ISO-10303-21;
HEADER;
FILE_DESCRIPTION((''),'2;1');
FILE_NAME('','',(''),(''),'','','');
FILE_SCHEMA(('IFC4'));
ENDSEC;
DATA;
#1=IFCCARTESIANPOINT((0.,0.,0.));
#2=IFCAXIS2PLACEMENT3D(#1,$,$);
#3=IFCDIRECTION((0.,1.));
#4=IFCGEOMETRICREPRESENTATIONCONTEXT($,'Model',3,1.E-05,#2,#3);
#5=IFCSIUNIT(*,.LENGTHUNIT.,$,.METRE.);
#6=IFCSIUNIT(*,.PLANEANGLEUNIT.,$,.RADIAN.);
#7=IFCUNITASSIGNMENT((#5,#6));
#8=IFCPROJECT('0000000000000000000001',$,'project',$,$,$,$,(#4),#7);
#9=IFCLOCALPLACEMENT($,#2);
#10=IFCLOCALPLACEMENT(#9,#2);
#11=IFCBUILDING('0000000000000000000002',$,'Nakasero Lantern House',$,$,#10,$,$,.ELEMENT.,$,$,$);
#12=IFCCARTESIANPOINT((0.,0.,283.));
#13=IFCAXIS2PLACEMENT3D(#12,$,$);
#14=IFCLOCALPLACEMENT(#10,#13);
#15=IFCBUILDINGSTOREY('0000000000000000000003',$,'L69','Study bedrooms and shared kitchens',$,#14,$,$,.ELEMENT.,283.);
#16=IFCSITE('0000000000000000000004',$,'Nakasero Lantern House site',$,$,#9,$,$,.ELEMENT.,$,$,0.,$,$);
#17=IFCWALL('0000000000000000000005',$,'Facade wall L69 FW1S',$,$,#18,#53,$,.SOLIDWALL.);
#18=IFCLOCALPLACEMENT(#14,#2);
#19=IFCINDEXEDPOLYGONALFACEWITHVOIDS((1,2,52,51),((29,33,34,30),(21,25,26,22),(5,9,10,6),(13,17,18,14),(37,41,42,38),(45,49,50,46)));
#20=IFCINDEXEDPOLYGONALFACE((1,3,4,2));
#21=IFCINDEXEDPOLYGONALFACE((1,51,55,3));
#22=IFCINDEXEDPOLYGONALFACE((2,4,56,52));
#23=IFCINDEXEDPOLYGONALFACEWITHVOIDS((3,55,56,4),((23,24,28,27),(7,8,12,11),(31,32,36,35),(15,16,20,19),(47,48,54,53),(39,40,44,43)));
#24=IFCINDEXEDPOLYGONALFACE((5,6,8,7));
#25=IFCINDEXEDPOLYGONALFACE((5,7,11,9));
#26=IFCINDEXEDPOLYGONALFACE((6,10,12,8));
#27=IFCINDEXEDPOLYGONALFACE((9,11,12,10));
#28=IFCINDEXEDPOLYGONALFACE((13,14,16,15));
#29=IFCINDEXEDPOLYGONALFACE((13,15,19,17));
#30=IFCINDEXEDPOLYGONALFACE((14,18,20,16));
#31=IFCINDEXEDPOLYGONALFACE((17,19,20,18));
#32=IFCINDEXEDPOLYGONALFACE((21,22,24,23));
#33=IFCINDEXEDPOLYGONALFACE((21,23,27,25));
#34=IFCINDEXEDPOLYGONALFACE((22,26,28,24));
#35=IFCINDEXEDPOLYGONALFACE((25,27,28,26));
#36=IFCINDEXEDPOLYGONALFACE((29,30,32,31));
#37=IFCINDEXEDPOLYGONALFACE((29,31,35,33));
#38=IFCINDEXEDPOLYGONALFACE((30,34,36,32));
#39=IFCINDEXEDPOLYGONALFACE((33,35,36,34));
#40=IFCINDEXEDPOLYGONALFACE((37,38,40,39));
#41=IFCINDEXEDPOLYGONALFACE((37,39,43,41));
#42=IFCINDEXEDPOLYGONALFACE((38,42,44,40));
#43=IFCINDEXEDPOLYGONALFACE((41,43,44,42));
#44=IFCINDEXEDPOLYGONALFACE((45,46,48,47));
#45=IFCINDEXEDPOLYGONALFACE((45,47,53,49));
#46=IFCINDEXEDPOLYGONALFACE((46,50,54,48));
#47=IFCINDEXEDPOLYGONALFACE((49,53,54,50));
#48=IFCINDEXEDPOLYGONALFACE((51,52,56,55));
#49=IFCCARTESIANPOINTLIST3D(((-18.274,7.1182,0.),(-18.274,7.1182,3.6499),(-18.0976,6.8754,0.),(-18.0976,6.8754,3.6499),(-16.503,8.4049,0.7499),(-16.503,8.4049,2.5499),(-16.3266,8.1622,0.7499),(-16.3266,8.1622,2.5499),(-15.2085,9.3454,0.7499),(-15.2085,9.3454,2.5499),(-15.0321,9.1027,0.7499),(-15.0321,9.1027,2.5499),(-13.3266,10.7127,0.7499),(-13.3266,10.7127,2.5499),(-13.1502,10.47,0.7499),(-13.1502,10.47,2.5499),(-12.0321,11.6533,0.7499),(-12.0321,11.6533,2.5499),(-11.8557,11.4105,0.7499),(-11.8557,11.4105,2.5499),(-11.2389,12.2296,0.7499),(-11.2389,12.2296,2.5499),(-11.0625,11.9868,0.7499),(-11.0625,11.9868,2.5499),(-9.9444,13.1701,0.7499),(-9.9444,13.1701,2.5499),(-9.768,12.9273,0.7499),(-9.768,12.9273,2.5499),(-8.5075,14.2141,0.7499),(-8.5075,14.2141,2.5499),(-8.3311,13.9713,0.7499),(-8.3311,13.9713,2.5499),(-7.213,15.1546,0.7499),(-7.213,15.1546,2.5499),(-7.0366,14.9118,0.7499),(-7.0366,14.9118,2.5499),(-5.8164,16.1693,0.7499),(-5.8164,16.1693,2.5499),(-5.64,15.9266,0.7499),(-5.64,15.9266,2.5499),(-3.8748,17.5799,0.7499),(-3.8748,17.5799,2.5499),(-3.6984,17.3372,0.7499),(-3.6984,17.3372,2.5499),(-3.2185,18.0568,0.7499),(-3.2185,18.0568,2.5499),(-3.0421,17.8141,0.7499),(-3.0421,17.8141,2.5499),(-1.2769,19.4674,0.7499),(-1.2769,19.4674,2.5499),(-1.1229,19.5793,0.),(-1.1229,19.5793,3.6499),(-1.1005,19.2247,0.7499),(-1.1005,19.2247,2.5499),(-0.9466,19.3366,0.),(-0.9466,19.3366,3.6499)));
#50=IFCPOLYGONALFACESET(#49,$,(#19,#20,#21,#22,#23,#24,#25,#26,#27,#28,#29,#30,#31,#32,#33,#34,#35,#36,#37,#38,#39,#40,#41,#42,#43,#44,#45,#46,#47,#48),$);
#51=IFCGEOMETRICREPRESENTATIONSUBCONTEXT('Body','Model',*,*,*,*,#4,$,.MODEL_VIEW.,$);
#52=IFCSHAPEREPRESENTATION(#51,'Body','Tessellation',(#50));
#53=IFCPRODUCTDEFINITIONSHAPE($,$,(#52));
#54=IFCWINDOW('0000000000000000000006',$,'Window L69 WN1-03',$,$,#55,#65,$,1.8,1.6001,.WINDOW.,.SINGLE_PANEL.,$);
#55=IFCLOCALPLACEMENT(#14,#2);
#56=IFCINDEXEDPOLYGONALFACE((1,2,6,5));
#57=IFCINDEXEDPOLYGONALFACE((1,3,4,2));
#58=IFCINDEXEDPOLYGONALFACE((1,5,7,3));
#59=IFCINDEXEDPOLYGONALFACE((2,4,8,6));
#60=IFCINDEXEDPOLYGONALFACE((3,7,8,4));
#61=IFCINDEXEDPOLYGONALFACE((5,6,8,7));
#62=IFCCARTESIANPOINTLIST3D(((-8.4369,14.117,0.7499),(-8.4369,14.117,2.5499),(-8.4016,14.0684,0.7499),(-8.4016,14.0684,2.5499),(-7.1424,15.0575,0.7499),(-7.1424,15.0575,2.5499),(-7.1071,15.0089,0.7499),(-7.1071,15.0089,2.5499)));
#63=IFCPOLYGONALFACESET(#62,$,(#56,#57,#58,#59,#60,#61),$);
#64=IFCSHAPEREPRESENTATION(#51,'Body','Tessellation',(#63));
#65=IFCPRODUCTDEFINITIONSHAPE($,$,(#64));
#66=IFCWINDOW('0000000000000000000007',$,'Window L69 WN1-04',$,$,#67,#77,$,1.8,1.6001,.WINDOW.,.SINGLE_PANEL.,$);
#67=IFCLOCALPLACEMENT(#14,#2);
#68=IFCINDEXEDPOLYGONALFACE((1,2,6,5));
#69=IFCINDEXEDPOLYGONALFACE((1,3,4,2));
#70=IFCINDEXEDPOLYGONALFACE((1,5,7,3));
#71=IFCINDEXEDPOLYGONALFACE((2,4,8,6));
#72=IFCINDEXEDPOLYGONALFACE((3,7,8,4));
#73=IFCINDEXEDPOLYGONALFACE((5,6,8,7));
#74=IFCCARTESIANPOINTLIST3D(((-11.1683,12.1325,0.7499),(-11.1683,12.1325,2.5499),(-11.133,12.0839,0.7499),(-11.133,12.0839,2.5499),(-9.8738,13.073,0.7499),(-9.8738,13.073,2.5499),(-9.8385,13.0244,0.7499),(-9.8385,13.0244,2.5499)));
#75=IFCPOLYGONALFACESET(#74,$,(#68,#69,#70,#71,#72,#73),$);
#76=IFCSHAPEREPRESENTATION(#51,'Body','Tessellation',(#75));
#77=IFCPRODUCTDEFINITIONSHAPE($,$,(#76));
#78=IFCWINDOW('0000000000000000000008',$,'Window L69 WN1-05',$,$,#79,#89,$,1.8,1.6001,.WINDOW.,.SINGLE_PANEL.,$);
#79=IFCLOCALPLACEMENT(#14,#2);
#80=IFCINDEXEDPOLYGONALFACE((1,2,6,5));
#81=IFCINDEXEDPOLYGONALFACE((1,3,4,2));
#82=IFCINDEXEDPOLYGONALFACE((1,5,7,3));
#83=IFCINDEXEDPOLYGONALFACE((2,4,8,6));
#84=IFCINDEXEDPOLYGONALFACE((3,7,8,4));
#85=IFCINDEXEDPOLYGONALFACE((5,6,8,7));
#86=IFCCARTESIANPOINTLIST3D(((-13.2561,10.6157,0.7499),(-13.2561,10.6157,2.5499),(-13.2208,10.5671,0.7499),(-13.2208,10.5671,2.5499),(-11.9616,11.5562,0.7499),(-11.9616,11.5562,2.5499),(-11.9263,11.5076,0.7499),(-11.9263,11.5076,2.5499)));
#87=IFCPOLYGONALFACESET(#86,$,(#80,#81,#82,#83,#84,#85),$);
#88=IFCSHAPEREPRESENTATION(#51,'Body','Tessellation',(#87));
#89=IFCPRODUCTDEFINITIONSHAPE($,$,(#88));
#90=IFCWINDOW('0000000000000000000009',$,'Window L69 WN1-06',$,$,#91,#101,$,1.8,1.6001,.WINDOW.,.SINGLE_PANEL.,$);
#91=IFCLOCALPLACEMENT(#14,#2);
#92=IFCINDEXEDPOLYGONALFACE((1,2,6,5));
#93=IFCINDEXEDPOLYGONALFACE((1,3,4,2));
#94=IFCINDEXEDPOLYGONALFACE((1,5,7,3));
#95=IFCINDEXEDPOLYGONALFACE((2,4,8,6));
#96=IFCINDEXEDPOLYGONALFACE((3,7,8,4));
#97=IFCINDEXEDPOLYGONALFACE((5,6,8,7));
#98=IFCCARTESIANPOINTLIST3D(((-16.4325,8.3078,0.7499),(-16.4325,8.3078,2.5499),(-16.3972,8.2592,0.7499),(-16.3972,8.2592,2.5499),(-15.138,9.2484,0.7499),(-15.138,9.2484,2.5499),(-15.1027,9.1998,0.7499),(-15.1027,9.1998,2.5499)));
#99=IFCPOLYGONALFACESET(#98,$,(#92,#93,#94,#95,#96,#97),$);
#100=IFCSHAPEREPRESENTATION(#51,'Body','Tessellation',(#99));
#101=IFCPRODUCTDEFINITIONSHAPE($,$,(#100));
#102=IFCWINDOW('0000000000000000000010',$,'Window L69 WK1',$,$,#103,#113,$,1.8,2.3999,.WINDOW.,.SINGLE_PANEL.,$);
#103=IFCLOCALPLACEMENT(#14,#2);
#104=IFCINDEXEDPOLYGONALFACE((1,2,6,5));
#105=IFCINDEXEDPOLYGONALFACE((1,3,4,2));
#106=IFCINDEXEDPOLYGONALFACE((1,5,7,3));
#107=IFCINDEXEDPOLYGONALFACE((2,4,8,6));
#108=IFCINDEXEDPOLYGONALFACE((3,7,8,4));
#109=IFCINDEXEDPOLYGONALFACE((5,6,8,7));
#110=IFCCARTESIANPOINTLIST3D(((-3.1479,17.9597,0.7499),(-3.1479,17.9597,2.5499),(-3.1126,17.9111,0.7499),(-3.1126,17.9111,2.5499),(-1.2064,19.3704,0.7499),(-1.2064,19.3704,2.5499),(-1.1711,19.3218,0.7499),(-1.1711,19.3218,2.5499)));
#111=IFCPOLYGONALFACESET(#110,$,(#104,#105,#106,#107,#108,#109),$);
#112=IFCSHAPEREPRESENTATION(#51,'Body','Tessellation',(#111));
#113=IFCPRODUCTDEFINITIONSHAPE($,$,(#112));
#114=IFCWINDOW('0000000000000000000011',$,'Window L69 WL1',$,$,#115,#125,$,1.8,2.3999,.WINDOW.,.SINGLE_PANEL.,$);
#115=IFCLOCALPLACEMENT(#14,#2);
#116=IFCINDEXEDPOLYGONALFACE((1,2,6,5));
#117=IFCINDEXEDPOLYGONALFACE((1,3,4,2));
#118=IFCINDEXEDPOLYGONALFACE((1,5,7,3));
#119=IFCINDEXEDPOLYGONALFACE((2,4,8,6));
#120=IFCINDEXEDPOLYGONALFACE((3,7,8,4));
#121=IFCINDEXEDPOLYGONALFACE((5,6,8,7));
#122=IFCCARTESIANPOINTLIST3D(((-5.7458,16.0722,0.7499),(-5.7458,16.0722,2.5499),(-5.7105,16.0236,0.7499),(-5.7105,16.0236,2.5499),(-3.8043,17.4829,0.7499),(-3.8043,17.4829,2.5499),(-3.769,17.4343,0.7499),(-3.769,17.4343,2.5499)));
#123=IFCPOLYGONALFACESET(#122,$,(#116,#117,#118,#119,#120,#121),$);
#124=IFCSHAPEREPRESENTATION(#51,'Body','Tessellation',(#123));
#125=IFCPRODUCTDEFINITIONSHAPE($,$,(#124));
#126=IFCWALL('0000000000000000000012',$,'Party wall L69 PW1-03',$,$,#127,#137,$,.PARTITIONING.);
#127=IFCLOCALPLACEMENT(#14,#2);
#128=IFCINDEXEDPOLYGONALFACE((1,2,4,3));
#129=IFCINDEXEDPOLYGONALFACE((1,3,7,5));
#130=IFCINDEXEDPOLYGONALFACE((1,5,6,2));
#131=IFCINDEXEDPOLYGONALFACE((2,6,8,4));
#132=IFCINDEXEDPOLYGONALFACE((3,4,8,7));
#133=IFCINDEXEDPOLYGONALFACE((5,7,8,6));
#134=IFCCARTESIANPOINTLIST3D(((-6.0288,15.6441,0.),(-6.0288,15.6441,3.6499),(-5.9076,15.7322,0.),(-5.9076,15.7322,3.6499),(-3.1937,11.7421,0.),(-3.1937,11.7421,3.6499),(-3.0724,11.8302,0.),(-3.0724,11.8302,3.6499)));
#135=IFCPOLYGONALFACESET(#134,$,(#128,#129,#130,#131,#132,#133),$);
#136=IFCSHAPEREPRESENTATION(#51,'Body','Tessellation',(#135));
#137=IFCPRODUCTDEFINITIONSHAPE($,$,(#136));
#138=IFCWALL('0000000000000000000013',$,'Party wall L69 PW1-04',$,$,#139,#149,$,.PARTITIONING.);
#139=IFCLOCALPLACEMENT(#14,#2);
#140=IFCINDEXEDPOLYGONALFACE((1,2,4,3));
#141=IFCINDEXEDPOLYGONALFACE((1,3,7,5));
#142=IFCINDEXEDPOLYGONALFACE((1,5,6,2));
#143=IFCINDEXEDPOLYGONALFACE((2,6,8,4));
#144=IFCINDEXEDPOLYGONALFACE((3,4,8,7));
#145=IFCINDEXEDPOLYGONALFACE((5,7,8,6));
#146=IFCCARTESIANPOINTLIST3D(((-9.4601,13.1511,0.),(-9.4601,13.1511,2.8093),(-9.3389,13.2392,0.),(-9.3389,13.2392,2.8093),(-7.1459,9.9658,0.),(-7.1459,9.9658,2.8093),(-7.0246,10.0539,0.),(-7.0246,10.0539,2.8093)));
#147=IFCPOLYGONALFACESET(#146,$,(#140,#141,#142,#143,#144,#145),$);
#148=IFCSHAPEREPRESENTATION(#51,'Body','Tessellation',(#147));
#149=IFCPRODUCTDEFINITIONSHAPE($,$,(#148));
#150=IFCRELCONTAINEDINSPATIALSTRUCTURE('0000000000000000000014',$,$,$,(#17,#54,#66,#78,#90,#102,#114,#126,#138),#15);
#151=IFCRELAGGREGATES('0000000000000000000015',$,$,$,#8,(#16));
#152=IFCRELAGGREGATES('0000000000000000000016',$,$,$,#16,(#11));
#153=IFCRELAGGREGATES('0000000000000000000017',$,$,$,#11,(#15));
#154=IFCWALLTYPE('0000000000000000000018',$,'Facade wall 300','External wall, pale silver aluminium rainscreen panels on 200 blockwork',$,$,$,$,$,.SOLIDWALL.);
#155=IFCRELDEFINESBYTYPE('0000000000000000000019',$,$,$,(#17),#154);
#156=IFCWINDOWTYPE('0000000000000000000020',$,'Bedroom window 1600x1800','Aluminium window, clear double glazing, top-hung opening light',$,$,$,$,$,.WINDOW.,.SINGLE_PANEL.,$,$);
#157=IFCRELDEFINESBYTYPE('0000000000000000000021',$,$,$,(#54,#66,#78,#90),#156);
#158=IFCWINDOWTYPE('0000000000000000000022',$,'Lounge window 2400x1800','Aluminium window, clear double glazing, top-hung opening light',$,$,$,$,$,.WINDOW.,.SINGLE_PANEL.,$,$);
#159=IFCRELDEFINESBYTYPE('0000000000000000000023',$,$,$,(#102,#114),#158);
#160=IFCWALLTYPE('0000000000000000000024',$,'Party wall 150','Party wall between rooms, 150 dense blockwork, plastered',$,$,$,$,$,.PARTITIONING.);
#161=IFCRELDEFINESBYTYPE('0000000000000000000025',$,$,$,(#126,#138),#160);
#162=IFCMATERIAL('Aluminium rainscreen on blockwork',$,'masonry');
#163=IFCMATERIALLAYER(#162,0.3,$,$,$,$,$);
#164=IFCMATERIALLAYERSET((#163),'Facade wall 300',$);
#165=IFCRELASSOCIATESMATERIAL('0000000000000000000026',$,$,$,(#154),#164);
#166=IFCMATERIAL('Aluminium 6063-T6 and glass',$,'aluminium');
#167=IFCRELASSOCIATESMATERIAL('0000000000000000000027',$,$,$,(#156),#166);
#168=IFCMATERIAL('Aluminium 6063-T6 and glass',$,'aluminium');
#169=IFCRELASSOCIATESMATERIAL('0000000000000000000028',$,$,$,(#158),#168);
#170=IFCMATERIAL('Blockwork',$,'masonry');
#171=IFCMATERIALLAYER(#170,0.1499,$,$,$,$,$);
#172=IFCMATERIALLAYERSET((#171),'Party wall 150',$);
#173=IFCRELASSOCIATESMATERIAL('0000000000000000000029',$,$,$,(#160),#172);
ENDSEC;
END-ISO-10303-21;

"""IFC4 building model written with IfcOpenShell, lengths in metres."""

from ifc_helpers import new_model, si_unit, direction, frame, frame_2d, origin, place, context, subcontext, project, spatial, rectangle, extrude, material, layer, layer_set, type_object, element, fill, save


model = new_model("IFC4")

# Units and contexts
model_context = context("Model", 3, precision=1e-05, world=origin(), true_north=direction((0.0, 1.0)))
body_context = subcontext(model_context, "Body", "Model", "MODEL_VIEW")
ifc_project = project(units=[si_unit("LENGTHUNIT", "METRE"), si_unit("PLANEANGLEUNIT", "RADIAN")], contexts=[model_context])

# Site, building, storey
site_placement = place(None, origin())
site = spatial("IfcSite", under=ifc_project, at=site_placement, Name="Nakasero Lantern House site", CompositionType="ELEMENT", RefElevation=0.0)
building_placement = place(site_placement, origin())
building = spatial("IfcBuilding", under=site, at=building_placement, Name="Nakasero Lantern House", CompositionType="ELEMENT")
storey_placement = place(building_placement, frame((0.0, 0.0, 283.0)))
storey = spatial("IfcBuildingStorey", under=building, at=storey_placement, Name="L69", Description="Study bedrooms and shared kitchens", CompositionType="ELEMENT", Elevation=283.0)

# Wall, openings, windows
ifc_material_1 = material(Name="Aluminium rainscreen on blockwork", Category="masonry")
ifc_layer_1 = layer(ifc_material_1, 0.3)
ifc_layer_set_1 = layer_set([ifc_layer_1], Name="Facade wall 300")
wall_type_1 = type_object("IfcWallType", Name="Facade wall 300", Description="External wall, pale silver aluminium rainscreen panels on 200 blockwork", PredefinedType="SOLIDWALL", material=ifc_layer_set_1)
wall_1_placement = place(storey_placement, frame((-1.0347, 19.458, 0.0), z_axis=(0.0, 0.0, 1.0), x_axis=(-0.809013, -0.58779, 0.0)))
wall_1 = element("IfcWall", 1, at=wall_1_placement, inside=storey, type_object=wall_type_1, Name="Facade wall L69 FW1S", PredefinedType="SOLIDWALL", context=body_context, shape_type="SweptSolid", body=[
    extrude(rectangle(XDim=21.2, YDim=0.3, at=frame_2d((10.6001, 0.0))), origin(), (0.0, 0.0, 1.0), 3.6499),
])
opening_1_placement = place(wall_1_placement, frame((7.5278, 0.0, 0.75)))
opening_1 = element("IfcOpeningElement", 2, at=opening_1_placement, cuts=wall_1, PredefinedType="OPENING", context=body_context, shape_type="SweptSolid", body=[
    extrude(rectangle(XDim=1.6001, YDim=1.8, at=frame_2d((0.8, 0.8999))), frame((0.0, 0.1699, 0.0), z_axis=(0.0, -1.0, 0.0), x_axis=(1.0, 0.0, 0.0)), (0.0, 0.0, 1.0), 0.3401),
])
opening_2_placement = place(wall_1_placement, frame((10.9041, 0.0, 0.75)))
opening_2 = element("IfcOpeningElement", 3, at=opening_2_placement, cuts=wall_1, PredefinedType="OPENING", context=body_context, shape_type="SweptSolid", body=[
    extrude(rectangle(XDim=1.6001, YDim=1.8, at=frame_2d((0.8, 0.8999))), frame((0.0, 0.1699, 0.0), z_axis=(0.0, -1.0, 0.0), x_axis=(1.0, 0.0, 0.0)), (0.0, 0.0, 1.0), 0.3401),
])
opening_3_placement = place(wall_1_placement, frame((13.4846, 0.0, 0.75)))
opening_3 = element("IfcOpeningElement", 4, at=opening_3_placement, cuts=wall_1, PredefinedType="OPENING", context=body_context, shape_type="SweptSolid", body=[
    extrude(rectangle(XDim=1.6001, YDim=1.8, at=frame_2d((0.8, 0.8999))), frame((0.0, 0.1699, 0.0), z_axis=(0.0, -1.0, 0.0), x_axis=(1.0, 0.0, 0.0)), (0.0, 0.0, 1.0), 0.3401),
])
opening_4_placement = place(wall_1_placement, frame((17.4109, 0.0, 0.75)))
opening_4 = element("IfcOpeningElement", 5, at=opening_4_placement, cuts=wall_1, PredefinedType="OPENING", context=body_context, shape_type="SweptSolid", body=[
    extrude(rectangle(XDim=1.6001, YDim=1.8, at=frame_2d((0.8, 0.8999))), frame((0.0, 0.1699, 0.0), z_axis=(0.0, -1.0, 0.0), x_axis=(1.0, 0.0, 0.0)), (0.0, 0.0, 1.0), 0.3401),
])
opening_5_placement = place(wall_1_placement, frame((0.1904, 0.0, 0.75)))
opening_5 = element("IfcOpeningElement", 6, at=opening_5_placement, cuts=wall_1, PredefinedType="OPENING", context=body_context, shape_type="SweptSolid", body=[
    extrude(rectangle(XDim=2.3999, YDim=1.8, at=frame_2d((1.2, 0.8999))), frame((0.0, 0.1699, 0.0), z_axis=(0.0, -1.0, 0.0), x_axis=(1.0, 0.0, 0.0)), (0.0, 0.0, 1.0), 0.3401),
])
opening_6_placement = place(wall_1_placement, frame((3.4016, 0.0, 0.75)))
opening_6 = element("IfcOpeningElement", 7, at=opening_6_placement, cuts=wall_1, PredefinedType="OPENING", context=body_context, shape_type="SweptSolid", body=[
    extrude(rectangle(XDim=2.3999, YDim=1.8, at=frame_2d((1.2, 0.8999))), frame((0.0, 0.1699, 0.0), z_axis=(0.0, -1.0, 0.0), x_axis=(1.0, 0.0, 0.0)), (0.0, 0.0, 1.0), 0.3401),
])
ifc_material_2 = material(Name="Aluminium 6063-T6 and glass", Category="aluminium")
window_type_1 = type_object("IfcWindowType", Name="Bedroom window 1600x1800", Description="Aluminium window, clear double glazing, top-hung opening light", PartitioningType="SINGLE_PANEL", PredefinedType="WINDOW", material=ifc_material_2)
window_1_placement = place(opening_1_placement, origin())
window_1 = element("IfcWindow", 8, at=window_1_placement, inside=storey, type_object=window_type_1, Name="Window L69 WN1-03", OverallHeight=1.8, OverallWidth=1.6001, PartitioningType="SINGLE_PANEL", PredefinedType="WINDOW", context=body_context, shape_type="SweptSolid", body=[
    extrude(rectangle(XDim=1.6001, YDim=1.8, at=frame_2d((0.8, 0.8999))), frame((0.0, 0.03, 0.0), z_axis=(0.0, -1.0, 0.0), x_axis=(1.0, 0.0, 0.0)), (0.0, 0.0, 1.0), 0.0601),
])
fill(opening_1, window_1)
window_2_placement = place(opening_2_placement, origin())
window_2 = element("IfcWindow", 9, at=window_2_placement, inside=storey, type_object=window_type_1, Name="Window L69 WN1-04", OverallHeight=1.8, OverallWidth=1.6001, PartitioningType="SINGLE_PANEL", PredefinedType="WINDOW", context=body_context, shape_type="SweptSolid", body=[
    extrude(rectangle(XDim=1.6001, YDim=1.8, at=frame_2d((0.8, 0.8999))), frame((0.0, 0.03, 0.0), z_axis=(0.0, -1.0, 0.0), x_axis=(1.0, 0.0, 0.0)), (0.0, 0.0, 1.0), 0.0601),
])
fill(opening_2, window_2)
window_3_placement = place(opening_3_placement, origin())
window_3 = element("IfcWindow", 10, at=window_3_placement, inside=storey, type_object=window_type_1, Name="Window L69 WN1-05", OverallHeight=1.8, OverallWidth=1.6001, PartitioningType="SINGLE_PANEL", PredefinedType="WINDOW", context=body_context, shape_type="SweptSolid", body=[
    extrude(rectangle(XDim=1.6001, YDim=1.8, at=frame_2d((0.8, 0.8999))), frame((0.0, 0.03, 0.0), z_axis=(0.0, -1.0, 0.0), x_axis=(1.0, 0.0, 0.0)), (0.0, 0.0, 1.0), 0.0601),
])
fill(opening_3, window_3)
window_4_placement = place(opening_4_placement, origin())
window_4 = element("IfcWindow", 11, at=window_4_placement, inside=storey, type_object=window_type_1, Name="Window L69 WN1-06", OverallHeight=1.8, OverallWidth=1.6001, PartitioningType="SINGLE_PANEL", PredefinedType="WINDOW", context=body_context, shape_type="SweptSolid", body=[
    extrude(rectangle(XDim=1.6001, YDim=1.8, at=frame_2d((0.8, 0.8999))), frame((0.0, 0.03, 0.0), z_axis=(0.0, -1.0, 0.0), x_axis=(1.0, 0.0, 0.0)), (0.0, 0.0, 1.0), 0.0601),
])
fill(opening_4, window_4)
ifc_material_3 = material(Name="Aluminium 6063-T6 and glass", Category="aluminium")
window_type_2 = type_object("IfcWindowType", Name="Lounge window 2400x1800", Description="Aluminium window, clear double glazing, top-hung opening light", PartitioningType="SINGLE_PANEL", PredefinedType="WINDOW", material=ifc_material_3)
window_5_placement = place(opening_5_placement, origin())
window_5 = element("IfcWindow", 12, at=window_5_placement, inside=storey, type_object=window_type_2, Name="Window L69 WK1", OverallHeight=1.8, OverallWidth=2.3999, PartitioningType="SINGLE_PANEL", PredefinedType="WINDOW", context=body_context, shape_type="SweptSolid", body=[
    extrude(rectangle(XDim=2.3999, YDim=1.8, at=frame_2d((1.2, 0.8999))), frame((0.0, 0.03, 0.0), z_axis=(0.0, -1.0, 0.0), x_axis=(1.0, 0.0, 0.0)), (0.0, 0.0, 1.0), 0.0601),
])
fill(opening_5, window_5)
window_6_placement = place(opening_6_placement, origin())
window_6 = element("IfcWindow", 13, at=window_6_placement, inside=storey, type_object=window_type_2, Name="Window L69 WL1", OverallHeight=1.8, OverallWidth=2.3999, PartitioningType="SINGLE_PANEL", PredefinedType="WINDOW", context=body_context, shape_type="SweptSolid", body=[
    extrude(rectangle(XDim=2.3999, YDim=1.8, at=frame_2d((1.2, 0.8999))), frame((0.0, 0.03, 0.0), z_axis=(0.0, -1.0, 0.0), x_axis=(1.0, 0.0, 0.0)), (0.0, 0.0, 1.0), 0.0601),
])
fill(opening_6, window_6)

# Walls
ifc_material_4 = material(Name="Blockwork", Category="masonry")
ifc_layer_2 = layer(ifc_material_4, 0.1499)
ifc_layer_set_2 = layer_set([ifc_layer_2], Name="Party wall 150")
wall_type_2 = type_object("IfcWallType", Name="Party wall 150", Description="Party wall between rooms, 150 dense blockwork, plastered", PredefinedType="PARTITIONING", material=ifc_layer_set_2)
wall_2_placement = place(storey_placement, frame((-3.1331, 11.7861, 0.0), z_axis=(0.0, 0.0, 1.0), x_axis=(-0.587807, 0.809001, 0.0)))
element("IfcWall", 14, at=wall_2_placement, inside=storey, type_object=wall_type_2, Name="Party wall L69 PW1-03", PredefinedType="PARTITIONING", context=body_context, shape_type="SweptSolid", body=[
    extrude(rectangle(XDim=4.8232, YDim=0.1499, at=frame_2d((2.4116, 0.0))), origin(), (0.0, 0.0, 1.0), 3.6499),
])
wall_3_placement = place(storey_placement, frame((-7.0852, 10.0098, 0.0), z_axis=(0.0, 0.0, 1.0), x_axis=(-0.587777, 0.809023, 0.0)))
element("IfcWall", 15, at=wall_3_placement, inside=storey, type_object=wall_type_2, Name="Party wall L69 PW1-04", PredefinedType="PARTITIONING", context=body_context, shape_type="SweptSolid", body=[
    extrude(rectangle(XDim=3.9373, YDim=0.1499, at=frame_2d((1.9688, 0.0))), origin(), (0.0, 0.0, 1.0), 2.8093),
])

save(model, "model.ifc")
